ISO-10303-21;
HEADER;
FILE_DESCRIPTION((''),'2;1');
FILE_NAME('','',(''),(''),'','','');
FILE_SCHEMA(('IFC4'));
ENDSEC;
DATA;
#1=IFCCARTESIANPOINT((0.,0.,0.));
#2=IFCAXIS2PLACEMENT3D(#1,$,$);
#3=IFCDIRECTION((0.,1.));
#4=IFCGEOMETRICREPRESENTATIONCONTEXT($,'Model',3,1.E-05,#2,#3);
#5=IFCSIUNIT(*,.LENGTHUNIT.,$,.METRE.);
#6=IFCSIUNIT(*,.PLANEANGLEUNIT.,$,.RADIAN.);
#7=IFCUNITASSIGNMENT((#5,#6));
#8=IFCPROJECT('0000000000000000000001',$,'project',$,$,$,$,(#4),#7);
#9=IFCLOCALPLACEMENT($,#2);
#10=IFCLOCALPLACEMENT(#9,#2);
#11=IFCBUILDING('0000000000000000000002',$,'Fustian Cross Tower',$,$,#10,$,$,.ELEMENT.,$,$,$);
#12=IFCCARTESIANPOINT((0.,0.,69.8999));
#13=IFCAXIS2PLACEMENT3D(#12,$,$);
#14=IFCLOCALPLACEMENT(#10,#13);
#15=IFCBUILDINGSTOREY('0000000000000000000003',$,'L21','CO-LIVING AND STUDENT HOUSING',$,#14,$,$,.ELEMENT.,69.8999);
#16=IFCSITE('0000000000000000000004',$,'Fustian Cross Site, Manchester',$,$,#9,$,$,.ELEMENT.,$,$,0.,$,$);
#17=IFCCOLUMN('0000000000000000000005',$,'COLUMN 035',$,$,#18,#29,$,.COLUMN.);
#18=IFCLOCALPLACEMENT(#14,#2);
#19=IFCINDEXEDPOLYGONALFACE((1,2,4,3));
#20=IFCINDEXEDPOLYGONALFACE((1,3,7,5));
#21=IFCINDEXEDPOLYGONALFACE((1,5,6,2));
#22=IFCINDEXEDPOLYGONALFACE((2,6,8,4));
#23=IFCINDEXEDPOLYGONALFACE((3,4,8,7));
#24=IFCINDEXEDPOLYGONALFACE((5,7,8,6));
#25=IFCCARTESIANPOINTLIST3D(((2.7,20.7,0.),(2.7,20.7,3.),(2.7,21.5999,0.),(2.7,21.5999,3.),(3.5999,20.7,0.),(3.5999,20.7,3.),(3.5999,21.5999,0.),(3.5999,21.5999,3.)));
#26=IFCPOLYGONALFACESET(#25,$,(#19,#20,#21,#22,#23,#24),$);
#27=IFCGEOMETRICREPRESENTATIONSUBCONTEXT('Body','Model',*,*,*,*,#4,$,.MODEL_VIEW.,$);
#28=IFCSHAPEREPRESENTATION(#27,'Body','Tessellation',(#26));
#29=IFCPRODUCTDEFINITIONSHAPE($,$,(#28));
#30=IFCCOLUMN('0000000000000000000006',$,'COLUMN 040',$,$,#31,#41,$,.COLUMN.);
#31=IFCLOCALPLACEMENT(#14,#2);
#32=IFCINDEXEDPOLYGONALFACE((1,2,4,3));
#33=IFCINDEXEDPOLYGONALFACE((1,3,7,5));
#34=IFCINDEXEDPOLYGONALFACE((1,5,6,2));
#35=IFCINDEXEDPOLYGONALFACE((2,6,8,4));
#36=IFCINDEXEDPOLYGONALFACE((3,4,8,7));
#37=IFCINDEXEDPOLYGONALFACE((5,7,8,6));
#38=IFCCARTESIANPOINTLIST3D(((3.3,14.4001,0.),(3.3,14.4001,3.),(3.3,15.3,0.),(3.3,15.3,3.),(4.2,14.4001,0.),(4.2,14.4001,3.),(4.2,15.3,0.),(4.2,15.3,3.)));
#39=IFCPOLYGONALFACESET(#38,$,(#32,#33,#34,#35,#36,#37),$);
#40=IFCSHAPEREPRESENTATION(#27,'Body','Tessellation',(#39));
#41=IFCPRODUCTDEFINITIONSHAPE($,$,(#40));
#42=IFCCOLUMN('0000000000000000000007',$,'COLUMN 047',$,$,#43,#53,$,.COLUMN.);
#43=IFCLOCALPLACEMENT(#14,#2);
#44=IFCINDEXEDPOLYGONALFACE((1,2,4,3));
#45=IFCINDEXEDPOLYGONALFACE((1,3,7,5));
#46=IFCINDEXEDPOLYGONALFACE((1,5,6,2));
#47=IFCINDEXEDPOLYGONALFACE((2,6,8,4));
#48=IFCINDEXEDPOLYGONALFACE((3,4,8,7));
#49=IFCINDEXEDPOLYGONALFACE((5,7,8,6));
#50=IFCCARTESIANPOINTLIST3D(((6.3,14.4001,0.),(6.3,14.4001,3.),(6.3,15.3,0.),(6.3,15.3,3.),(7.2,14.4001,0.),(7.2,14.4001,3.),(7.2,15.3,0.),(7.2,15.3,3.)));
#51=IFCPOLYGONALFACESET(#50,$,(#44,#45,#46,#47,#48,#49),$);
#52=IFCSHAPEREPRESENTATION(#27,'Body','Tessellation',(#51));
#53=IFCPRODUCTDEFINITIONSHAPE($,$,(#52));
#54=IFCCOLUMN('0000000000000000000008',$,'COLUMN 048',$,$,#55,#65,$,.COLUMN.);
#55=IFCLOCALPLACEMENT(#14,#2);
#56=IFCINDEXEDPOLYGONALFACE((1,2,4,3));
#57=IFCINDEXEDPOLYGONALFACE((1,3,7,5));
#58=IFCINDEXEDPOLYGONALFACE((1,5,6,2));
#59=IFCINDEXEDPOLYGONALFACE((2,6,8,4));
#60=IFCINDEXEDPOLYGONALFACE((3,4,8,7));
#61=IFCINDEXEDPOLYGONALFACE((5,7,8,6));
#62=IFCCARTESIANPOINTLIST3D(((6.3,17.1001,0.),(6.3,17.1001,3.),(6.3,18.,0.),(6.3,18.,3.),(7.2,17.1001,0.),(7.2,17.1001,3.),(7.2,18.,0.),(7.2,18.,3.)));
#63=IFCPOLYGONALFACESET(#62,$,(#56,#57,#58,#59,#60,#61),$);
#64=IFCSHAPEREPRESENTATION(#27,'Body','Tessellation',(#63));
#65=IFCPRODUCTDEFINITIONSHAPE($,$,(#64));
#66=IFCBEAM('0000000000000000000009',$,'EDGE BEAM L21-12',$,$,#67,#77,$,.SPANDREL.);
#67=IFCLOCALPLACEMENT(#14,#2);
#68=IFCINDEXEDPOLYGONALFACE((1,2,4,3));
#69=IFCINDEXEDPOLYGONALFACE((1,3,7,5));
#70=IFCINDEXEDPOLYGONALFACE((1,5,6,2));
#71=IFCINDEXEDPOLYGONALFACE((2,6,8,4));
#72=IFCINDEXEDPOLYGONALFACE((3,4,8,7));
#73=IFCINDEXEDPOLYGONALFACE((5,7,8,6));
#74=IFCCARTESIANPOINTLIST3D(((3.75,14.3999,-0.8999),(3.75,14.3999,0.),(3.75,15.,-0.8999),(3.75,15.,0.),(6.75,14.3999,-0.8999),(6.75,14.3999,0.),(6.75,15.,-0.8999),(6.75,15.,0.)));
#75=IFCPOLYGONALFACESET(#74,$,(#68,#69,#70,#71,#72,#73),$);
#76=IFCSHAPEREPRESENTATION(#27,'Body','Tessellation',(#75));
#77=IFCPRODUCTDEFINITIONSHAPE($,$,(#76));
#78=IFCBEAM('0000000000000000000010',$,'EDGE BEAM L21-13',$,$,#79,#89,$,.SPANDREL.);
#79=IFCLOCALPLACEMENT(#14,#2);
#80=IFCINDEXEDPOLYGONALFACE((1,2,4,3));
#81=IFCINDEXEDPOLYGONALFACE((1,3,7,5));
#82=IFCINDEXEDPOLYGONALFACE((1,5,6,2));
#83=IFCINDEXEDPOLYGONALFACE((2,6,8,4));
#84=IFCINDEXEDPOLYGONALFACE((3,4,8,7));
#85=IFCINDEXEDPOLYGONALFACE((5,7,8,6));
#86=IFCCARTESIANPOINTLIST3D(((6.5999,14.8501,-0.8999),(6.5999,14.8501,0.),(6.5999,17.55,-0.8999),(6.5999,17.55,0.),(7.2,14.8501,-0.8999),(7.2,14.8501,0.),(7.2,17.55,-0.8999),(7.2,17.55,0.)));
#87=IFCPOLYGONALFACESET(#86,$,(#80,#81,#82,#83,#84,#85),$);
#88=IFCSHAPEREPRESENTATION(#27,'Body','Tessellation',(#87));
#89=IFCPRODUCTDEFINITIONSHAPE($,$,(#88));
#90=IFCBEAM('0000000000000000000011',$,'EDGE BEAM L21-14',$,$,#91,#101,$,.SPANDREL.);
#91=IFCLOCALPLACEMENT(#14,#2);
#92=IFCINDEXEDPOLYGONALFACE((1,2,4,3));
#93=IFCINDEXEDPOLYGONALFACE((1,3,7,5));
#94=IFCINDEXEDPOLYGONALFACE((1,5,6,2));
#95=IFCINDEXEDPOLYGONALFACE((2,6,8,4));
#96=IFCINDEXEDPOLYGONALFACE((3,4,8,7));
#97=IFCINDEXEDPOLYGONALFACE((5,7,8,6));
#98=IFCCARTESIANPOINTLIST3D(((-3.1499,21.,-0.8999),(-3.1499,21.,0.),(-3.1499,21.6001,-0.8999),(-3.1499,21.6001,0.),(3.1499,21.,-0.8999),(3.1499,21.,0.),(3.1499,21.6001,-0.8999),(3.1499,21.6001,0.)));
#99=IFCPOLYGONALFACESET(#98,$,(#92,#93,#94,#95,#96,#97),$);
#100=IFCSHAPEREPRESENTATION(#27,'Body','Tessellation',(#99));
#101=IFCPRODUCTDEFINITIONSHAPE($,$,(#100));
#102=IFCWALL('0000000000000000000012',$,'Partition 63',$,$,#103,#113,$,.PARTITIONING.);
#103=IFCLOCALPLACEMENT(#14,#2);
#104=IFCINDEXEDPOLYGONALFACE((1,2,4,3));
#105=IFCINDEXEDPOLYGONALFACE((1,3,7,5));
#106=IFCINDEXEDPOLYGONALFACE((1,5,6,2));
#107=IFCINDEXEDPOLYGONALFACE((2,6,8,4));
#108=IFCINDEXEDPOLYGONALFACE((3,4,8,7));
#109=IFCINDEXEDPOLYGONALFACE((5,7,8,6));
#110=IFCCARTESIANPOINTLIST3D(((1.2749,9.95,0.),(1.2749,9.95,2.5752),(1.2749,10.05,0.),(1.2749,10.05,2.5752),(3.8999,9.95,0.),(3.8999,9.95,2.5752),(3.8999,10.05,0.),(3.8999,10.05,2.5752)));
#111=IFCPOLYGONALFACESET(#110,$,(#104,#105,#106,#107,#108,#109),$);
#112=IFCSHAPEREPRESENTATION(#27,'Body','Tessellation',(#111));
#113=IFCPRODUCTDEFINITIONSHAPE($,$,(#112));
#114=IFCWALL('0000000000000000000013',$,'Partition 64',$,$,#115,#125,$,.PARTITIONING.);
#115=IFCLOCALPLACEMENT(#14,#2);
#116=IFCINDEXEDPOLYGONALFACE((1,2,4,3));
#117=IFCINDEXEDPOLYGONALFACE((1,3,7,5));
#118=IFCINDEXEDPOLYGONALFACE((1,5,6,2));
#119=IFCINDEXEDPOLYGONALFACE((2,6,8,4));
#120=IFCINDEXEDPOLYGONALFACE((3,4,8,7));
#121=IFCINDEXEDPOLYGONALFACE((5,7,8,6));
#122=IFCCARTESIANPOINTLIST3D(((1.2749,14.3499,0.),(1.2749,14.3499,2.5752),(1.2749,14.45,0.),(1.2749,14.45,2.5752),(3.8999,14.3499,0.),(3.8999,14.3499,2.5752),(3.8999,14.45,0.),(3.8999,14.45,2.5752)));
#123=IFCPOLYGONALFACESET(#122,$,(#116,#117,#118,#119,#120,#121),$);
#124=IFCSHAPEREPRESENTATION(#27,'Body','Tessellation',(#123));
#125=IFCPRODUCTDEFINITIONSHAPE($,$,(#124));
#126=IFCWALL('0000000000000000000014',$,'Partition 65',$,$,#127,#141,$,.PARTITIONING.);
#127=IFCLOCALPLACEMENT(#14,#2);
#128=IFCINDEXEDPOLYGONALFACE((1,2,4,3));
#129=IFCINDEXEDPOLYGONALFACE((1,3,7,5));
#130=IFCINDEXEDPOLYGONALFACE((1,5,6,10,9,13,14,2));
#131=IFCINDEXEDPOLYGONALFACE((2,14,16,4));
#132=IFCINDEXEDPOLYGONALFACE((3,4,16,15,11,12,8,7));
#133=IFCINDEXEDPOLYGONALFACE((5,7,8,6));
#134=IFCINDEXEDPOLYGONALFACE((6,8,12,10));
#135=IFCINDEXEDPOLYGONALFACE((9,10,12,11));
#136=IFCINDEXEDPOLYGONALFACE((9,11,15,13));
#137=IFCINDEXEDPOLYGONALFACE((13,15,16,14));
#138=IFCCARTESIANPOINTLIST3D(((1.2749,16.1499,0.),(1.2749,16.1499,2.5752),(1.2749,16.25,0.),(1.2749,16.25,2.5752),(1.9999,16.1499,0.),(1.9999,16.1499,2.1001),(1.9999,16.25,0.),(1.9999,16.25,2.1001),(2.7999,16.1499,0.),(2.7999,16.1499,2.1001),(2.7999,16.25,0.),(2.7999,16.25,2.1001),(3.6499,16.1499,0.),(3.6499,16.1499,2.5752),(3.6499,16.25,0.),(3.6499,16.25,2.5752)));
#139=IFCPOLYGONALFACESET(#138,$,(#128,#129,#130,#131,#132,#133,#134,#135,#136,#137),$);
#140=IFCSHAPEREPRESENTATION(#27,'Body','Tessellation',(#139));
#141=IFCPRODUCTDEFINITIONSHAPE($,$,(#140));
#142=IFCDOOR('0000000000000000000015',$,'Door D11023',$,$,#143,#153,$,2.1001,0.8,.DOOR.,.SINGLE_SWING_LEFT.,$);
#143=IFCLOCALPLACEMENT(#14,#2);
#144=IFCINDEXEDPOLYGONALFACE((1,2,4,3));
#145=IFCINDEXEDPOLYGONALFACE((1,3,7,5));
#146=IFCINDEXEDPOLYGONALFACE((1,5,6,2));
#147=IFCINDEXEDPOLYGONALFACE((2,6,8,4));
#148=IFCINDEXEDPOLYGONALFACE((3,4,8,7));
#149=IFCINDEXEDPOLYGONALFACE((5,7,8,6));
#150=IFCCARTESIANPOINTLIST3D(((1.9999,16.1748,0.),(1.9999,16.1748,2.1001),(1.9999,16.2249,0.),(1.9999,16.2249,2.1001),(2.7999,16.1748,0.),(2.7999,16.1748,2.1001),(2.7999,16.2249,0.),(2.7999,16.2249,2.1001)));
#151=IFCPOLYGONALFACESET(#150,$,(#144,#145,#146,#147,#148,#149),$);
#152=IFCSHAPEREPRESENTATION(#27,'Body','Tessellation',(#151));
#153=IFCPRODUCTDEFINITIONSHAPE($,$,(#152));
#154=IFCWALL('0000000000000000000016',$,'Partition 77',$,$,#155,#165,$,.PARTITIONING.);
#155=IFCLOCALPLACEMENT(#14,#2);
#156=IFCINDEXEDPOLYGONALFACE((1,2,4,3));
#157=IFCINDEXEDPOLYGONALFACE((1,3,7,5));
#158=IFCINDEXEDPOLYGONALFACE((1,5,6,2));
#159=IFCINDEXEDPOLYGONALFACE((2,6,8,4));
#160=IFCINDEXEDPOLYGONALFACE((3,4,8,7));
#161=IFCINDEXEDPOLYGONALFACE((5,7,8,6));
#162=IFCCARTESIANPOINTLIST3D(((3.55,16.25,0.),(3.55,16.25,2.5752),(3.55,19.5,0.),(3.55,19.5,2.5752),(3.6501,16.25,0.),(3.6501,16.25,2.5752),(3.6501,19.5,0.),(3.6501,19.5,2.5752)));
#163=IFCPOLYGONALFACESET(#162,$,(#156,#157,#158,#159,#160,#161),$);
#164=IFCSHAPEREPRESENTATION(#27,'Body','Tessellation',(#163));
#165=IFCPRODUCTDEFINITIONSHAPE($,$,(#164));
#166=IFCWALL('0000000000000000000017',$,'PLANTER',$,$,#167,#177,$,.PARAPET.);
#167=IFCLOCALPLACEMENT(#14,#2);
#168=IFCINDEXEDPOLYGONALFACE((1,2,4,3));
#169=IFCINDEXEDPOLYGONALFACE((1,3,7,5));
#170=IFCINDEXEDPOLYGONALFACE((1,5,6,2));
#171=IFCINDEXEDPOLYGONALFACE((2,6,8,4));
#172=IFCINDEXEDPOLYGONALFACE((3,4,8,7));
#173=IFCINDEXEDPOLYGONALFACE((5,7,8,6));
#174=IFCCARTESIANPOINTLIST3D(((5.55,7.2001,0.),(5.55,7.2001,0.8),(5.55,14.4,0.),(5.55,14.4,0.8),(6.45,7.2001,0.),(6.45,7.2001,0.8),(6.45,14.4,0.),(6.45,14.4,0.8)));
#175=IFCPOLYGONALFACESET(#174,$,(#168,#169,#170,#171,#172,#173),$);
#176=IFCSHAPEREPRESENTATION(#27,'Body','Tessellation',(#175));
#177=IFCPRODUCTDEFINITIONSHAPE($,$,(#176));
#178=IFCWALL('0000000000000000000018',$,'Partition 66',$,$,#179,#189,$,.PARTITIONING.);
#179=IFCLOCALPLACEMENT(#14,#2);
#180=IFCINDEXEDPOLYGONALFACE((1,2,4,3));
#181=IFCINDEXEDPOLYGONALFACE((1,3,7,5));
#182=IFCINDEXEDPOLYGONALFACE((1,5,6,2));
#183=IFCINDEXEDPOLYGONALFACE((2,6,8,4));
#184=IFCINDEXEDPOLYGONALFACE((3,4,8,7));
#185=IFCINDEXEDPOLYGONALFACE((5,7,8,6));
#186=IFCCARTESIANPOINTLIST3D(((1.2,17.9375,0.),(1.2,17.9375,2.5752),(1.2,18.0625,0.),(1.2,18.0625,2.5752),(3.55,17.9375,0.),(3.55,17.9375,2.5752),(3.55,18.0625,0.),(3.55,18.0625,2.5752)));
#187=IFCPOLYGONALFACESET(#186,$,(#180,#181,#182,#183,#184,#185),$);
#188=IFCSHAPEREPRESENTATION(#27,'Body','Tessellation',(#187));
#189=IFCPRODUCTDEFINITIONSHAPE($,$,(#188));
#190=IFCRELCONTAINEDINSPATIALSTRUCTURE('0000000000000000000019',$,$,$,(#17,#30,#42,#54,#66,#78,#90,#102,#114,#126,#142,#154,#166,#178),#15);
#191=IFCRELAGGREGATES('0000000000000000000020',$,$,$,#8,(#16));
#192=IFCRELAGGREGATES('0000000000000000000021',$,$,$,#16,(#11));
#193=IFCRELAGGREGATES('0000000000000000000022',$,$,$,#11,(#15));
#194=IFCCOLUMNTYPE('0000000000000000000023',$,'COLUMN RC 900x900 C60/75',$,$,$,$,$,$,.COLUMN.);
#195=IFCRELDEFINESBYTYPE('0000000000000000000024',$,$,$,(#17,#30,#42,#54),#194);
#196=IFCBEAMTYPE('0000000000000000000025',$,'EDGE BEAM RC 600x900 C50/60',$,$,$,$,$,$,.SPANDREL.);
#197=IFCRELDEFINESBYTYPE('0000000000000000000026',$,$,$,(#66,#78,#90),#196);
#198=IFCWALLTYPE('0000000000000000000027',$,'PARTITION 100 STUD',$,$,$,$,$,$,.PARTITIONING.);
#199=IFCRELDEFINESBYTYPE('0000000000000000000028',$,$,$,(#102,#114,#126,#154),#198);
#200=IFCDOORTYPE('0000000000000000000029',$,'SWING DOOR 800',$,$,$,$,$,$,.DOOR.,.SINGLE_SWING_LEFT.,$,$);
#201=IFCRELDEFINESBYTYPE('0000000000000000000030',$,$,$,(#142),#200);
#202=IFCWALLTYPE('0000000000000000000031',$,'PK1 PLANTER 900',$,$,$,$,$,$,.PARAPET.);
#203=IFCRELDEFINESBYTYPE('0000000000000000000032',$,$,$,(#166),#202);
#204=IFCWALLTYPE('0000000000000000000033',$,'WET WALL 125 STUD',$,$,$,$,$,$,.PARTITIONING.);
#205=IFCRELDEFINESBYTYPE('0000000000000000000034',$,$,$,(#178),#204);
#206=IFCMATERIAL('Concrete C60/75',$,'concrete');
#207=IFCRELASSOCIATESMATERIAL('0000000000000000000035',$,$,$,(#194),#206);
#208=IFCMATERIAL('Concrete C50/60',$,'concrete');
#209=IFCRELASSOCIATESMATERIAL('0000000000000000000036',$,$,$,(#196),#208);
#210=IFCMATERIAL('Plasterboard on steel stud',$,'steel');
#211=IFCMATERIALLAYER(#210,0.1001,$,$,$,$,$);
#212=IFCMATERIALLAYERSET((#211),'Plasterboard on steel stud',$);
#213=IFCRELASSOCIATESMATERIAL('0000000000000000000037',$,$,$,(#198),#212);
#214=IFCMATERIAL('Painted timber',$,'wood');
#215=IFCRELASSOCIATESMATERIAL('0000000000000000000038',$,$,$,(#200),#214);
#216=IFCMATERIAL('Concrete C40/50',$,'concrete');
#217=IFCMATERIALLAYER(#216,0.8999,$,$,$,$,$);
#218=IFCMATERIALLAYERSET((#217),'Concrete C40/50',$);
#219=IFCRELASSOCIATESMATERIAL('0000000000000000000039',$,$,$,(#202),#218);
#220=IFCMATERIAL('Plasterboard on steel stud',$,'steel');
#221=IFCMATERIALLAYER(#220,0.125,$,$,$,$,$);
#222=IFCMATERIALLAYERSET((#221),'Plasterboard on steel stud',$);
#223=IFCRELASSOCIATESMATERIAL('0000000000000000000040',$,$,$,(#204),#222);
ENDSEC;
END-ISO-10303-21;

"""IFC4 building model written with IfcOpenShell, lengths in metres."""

from ifc_helpers import new_model, si_unit, direction, frame, frame_2d, origin, origin_2d, place, context, subcontext, project, spatial, rectangle, extrude, material, layer, layer_set, material_profile, profile_set, type_object, element, fill, save


model = new_model("IFC4")

# Units and contexts
model_context = context("Model", 3, precision=1e-05, world=origin(), true_north=direction((0.0, 1.0)))
body_context = subcontext(model_context, "Body", "Model", "MODEL_VIEW")
ifc_project = project(units=[si_unit("LENGTHUNIT", "METRE"), si_unit("PLANEANGLEUNIT", "RADIAN")], contexts=[model_context])

# Site, building, storey
site_placement = place(None, origin())
site = spatial("IfcSite", under=ifc_project, at=site_placement, Name="Fustian Cross Site, Manchester", CompositionType="ELEMENT", RefElevation=0.0)
building_placement = place(site_placement, origin())
building = spatial("IfcBuilding", under=site, at=building_placement, Name="Fustian Cross Tower", CompositionType="ELEMENT")
storey_placement = place(building_placement, frame((0.0, 0.0, 69.8999)))
storey = spatial("IfcBuildingStorey", under=building, at=storey_placement, Name="L21", Description="CO-LIVING AND STUDENT HOUSING", CompositionType="ELEMENT", Elevation=69.8999)

# Columns
ifc_material_1 = material(Name="Concrete C60/75", Category="concrete")
ifc_material_profile_1 = material_profile(ifc_material_1, rectangle(XDim=0.8999, YDim=0.8999, at=origin_2d()), Name="RC 900x900")
ifc_profile_set_1 = profile_set([ifc_material_profile_1], Name="Concrete C60/75")
column_type = type_object("IfcColumnType", Name="COLUMN RC 900x900 C60/75", PredefinedType="COLUMN", material=ifc_profile_set_1)
for number, where, z_axis, x_axis, name in (
    (1, (3.1499, 21.1499, 0.0), (0.0, 0.0, 1.0), (1.0, 0.0, 0.0), "COLUMN 035"),
    (2, (3.75, 14.8501, 0.0), (0.0, 0.0, 1.0), (1.0, 0.0, 0.0), "COLUMN 040"),
    (3, (6.75, 14.8501, 0.0), (0.0, 0.0, 1.0), (1.0, 0.0, 0.0), "COLUMN 047"),
    (4, (6.75, 17.55, 0.0), (0.0, 0.0, 1.0), (1.0, 0.0, 0.0), "COLUMN 048"),
):
    element("IfcColumn", number, at=place(storey_placement, frame(where, z_axis=z_axis, x_axis=x_axis)), inside=storey, type_object=column_type, Name=name, PredefinedType="COLUMN", context=body_context, shape_type="SweptSolid", body=[
        extrude(rectangle(XDim=0.8999, YDim=0.8999, at=origin_2d()), origin(), (0.0, 0.0, 1.0), 3.0),
    ])

# Beams
ifc_material_2 = material(Name="Concrete C50/60", Category="concrete")
ifc_material_profile_2 = material_profile(ifc_material_2, rectangle(XDim=0.6001, YDim=0.8999, at=origin_2d()), Name="RC 600x900")
ifc_profile_set_2 = profile_set([ifc_material_profile_2], Name="Concrete C50/60")
beam_type = type_object("IfcBeamType", Name="EDGE BEAM RC 600x900 C50/60", PredefinedType="SPANDREL", material=ifc_profile_set_2)
beam_1_placement = place(storey_placement, frame((3.75, 14.7, -0.45), z_axis=(1.0, 0.0, 0.0), x_axis=(0.0, 1.0, 0.0)))
element("IfcBeam", 5, at=beam_1_placement, inside=storey, type_object=beam_type, Name="EDGE BEAM L21-12", PredefinedType="SPANDREL", context=body_context, shape_type="SweptSolid", body=[
    extrude(rectangle(XDim=0.6001, YDim=0.8999, at=origin_2d()), origin(), (0.0, 0.0, 1.0), 3.0),
])
beam_2_placement = place(storey_placement, frame((6.8999, 14.8501, -0.45), z_axis=(0.0, 1.0, 0.0), x_axis=(-1.0, 0.0, 0.0)))
element("IfcBeam", 6, at=beam_2_placement, inside=storey, type_object=beam_type, Name="EDGE BEAM L21-13", PredefinedType="SPANDREL", context=body_context, shape_type="SweptSolid", body=[
    extrude(rectangle(XDim=0.6001, YDim=0.8999, at=origin_2d()), origin(), (0.0, 0.0, 1.0), 2.7),
])
beam_3_placement = place(storey_placement, frame((3.1499, 21.3, -0.45), z_axis=(-1.0, 0.0, 0.0), x_axis=(0.0, -1.0, 0.0)))
element("IfcBeam", 7, at=beam_3_placement, inside=storey, type_object=beam_type, Name="EDGE BEAM L21-14", PredefinedType="SPANDREL", context=body_context, shape_type="SweptSolid", body=[
    extrude(rectangle(XDim=0.6001, YDim=0.8999, at=origin_2d()), origin(), (0.0, 0.0, 1.0), 6.2998),
])

# Walls
ifc_material_3 = material(Name="Plasterboard on steel stud", Category="steel")
ifc_layer_1 = layer(ifc_material_3, 0.1001)
ifc_layer_set_1 = layer_set([ifc_layer_1], Name="Plasterboard on steel stud")
wall_type_1 = type_object("IfcWallType", Name="PARTITION 100 STUD", PredefinedType="PARTITIONING", material=ifc_layer_set_1)
for number, where, z_axis, x_axis, name in (
    (8, (1.2749, 10.0, 0.0), (0.0, 0.0, 1.0), (1.0, 0.0, 0.0), "Partition 63"),
    (9, (1.2749, 14.3999, 0.0), (0.0, 0.0, 1.0), (1.0, 0.0, 0.0), "Partition 64"),
):
    element("IfcWall", number, at=place(storey_placement, frame(where, z_axis=z_axis, x_axis=x_axis)), inside=storey, type_object=wall_type_1, Name=name, PredefinedType="PARTITIONING", context=body_context, shape_type="SweptSolid", body=[
        extrude(rectangle(XDim=2.625, YDim=0.1001, at=frame_2d((1.3125, 0.0))), origin(), (0.0, 0.0, 1.0), 2.5752),
    ])

# Wall, opening, door
wall_1_placement = place(storey_placement, frame((1.2749, 16.2, 0.0), z_axis=(0.0, 0.0, 1.0), x_axis=(1.0, 0.0, 0.0)))
wall_1 = element("IfcWall", 10, at=wall_1_placement, inside=storey, type_object=wall_type_1, Name="Partition 65", PredefinedType="PARTITIONING", context=body_context, shape_type="SweptSolid", body=[
    extrude(rectangle(XDim=2.375, YDim=0.1001, at=frame_2d((1.1875, 0.0))), origin(), (0.0, 0.0, 1.0), 2.5752),
])
opening_1_placement = place(wall_1_placement, frame((0.7251, 0.0, 0.0)))
opening_1 = element("IfcOpeningElement", 11, at=opening_1_placement, cuts=wall_1, PredefinedType="OPENING", context=body_context, shape_type="SweptSolid", body=[
    extrude(rectangle(XDim=0.8, YDim=2.1001, at=frame_2d((0.3999, 1.05))), frame((0.0, 0.0601, 0.0), z_axis=(0.0, -1.0, 0.0), x_axis=(1.0, 0.0, 0.0)), (0.0, 0.0, 1.0), 0.1201),
])
ifc_material_4 = material(Name="Painted timber", Category="wood")
door_type = type_object("IfcDoorType", Name="SWING DOOR 800", OperationType="SINGLE_SWING_LEFT", PredefinedType="DOOR", material=ifc_material_4)
door_placement = place(opening_1_placement, origin())
door = element("IfcDoor", 12, at=door_placement, inside=storey, type_object=door_type, Name="Door D11023", OperationType="SINGLE_SWING_LEFT", OverallHeight=2.1001, OverallWidth=0.8, PredefinedType="DOOR", context=body_context, shape_type="SweptSolid", body=[
    extrude(rectangle(XDim=0.8, YDim=2.1001, at=frame_2d((0.3999, 1.05))), frame((0.0, 0.0249, 0.0), z_axis=(0.0, -1.0, 0.0), x_axis=(1.0, 0.0, 0.0)), (0.0, 0.0, 1.0), 0.05),
])
fill(opening_1, door)

# Walls
wall_2_placement = place(storey_placement, frame((3.6001, 16.25, 0.0), z_axis=(0.0, 0.0, 1.0), x_axis=(0.0, 1.0, 0.0)))
element("IfcWall", 13, at=wall_2_placement, inside=storey, type_object=wall_type_1, Name="Partition 77", PredefinedType="PARTITIONING", context=body_context, shape_type="SweptSolid", body=[
    extrude(rectangle(XDim=3.25, YDim=0.1001, at=frame_2d((1.625, 0.0))), origin(), (0.0, 0.0, 1.0), 2.5752),
])
ifc_material_5 = material(Name="Concrete C40/50", Category="concrete")
ifc_layer_2 = layer(ifc_material_5, 0.8999)
ifc_layer_set_2 = layer_set([ifc_layer_2], Name="Concrete C40/50")
wall_type_2 = type_object("IfcWallType", Name="PK1 PLANTER 900", PredefinedType="PARAPET", material=ifc_layer_set_2)
wall_3_placement = place(storey_placement, frame((6.0, 7.2, 0.0), z_axis=(0.0, 0.0, 1.0), x_axis=(0.0, 1.0, 0.0)))
element("IfcWall", 14, at=wall_3_placement, inside=storey, type_object=wall_type_2, Name="PLANTER", PredefinedType="PARAPET", context=body_context, shape_type="SweptSolid", body=[
    extrude(rectangle(XDim=7.2, YDim=0.8999, at=frame_2d((3.6001, 0.0))), origin(), (0.0, 0.0, 1.0), 0.8),
])
ifc_material_6 = material(Name="Plasterboard on steel stud", Category="steel")
ifc_layer_3 = layer(ifc_material_6, 0.125)
ifc_layer_set_3 = layer_set([ifc_layer_3], Name="Plasterboard on steel stud")
wall_type_3 = type_object("IfcWallType", Name="WET WALL 125 STUD", PredefinedType="PARTITIONING", material=ifc_layer_set_3)
wall_4_placement = place(storey_placement, frame((1.2, 18.0, 0.0), z_axis=(0.0, 0.0, 1.0), x_axis=(1.0, 0.0, 0.0)))
element("IfcWall", 15, at=wall_4_placement, inside=storey, type_object=wall_type_3, Name="Partition 66", PredefinedType="PARTITIONING", context=body_context, shape_type="SweptSolid", body=[
    extrude(rectangle(XDim=2.3501, YDim=0.125, at=frame_2d((1.175, 0.0))), origin(), (0.0, 0.0, 1.0), 2.5752),
])

save(model, "model.ifc")
